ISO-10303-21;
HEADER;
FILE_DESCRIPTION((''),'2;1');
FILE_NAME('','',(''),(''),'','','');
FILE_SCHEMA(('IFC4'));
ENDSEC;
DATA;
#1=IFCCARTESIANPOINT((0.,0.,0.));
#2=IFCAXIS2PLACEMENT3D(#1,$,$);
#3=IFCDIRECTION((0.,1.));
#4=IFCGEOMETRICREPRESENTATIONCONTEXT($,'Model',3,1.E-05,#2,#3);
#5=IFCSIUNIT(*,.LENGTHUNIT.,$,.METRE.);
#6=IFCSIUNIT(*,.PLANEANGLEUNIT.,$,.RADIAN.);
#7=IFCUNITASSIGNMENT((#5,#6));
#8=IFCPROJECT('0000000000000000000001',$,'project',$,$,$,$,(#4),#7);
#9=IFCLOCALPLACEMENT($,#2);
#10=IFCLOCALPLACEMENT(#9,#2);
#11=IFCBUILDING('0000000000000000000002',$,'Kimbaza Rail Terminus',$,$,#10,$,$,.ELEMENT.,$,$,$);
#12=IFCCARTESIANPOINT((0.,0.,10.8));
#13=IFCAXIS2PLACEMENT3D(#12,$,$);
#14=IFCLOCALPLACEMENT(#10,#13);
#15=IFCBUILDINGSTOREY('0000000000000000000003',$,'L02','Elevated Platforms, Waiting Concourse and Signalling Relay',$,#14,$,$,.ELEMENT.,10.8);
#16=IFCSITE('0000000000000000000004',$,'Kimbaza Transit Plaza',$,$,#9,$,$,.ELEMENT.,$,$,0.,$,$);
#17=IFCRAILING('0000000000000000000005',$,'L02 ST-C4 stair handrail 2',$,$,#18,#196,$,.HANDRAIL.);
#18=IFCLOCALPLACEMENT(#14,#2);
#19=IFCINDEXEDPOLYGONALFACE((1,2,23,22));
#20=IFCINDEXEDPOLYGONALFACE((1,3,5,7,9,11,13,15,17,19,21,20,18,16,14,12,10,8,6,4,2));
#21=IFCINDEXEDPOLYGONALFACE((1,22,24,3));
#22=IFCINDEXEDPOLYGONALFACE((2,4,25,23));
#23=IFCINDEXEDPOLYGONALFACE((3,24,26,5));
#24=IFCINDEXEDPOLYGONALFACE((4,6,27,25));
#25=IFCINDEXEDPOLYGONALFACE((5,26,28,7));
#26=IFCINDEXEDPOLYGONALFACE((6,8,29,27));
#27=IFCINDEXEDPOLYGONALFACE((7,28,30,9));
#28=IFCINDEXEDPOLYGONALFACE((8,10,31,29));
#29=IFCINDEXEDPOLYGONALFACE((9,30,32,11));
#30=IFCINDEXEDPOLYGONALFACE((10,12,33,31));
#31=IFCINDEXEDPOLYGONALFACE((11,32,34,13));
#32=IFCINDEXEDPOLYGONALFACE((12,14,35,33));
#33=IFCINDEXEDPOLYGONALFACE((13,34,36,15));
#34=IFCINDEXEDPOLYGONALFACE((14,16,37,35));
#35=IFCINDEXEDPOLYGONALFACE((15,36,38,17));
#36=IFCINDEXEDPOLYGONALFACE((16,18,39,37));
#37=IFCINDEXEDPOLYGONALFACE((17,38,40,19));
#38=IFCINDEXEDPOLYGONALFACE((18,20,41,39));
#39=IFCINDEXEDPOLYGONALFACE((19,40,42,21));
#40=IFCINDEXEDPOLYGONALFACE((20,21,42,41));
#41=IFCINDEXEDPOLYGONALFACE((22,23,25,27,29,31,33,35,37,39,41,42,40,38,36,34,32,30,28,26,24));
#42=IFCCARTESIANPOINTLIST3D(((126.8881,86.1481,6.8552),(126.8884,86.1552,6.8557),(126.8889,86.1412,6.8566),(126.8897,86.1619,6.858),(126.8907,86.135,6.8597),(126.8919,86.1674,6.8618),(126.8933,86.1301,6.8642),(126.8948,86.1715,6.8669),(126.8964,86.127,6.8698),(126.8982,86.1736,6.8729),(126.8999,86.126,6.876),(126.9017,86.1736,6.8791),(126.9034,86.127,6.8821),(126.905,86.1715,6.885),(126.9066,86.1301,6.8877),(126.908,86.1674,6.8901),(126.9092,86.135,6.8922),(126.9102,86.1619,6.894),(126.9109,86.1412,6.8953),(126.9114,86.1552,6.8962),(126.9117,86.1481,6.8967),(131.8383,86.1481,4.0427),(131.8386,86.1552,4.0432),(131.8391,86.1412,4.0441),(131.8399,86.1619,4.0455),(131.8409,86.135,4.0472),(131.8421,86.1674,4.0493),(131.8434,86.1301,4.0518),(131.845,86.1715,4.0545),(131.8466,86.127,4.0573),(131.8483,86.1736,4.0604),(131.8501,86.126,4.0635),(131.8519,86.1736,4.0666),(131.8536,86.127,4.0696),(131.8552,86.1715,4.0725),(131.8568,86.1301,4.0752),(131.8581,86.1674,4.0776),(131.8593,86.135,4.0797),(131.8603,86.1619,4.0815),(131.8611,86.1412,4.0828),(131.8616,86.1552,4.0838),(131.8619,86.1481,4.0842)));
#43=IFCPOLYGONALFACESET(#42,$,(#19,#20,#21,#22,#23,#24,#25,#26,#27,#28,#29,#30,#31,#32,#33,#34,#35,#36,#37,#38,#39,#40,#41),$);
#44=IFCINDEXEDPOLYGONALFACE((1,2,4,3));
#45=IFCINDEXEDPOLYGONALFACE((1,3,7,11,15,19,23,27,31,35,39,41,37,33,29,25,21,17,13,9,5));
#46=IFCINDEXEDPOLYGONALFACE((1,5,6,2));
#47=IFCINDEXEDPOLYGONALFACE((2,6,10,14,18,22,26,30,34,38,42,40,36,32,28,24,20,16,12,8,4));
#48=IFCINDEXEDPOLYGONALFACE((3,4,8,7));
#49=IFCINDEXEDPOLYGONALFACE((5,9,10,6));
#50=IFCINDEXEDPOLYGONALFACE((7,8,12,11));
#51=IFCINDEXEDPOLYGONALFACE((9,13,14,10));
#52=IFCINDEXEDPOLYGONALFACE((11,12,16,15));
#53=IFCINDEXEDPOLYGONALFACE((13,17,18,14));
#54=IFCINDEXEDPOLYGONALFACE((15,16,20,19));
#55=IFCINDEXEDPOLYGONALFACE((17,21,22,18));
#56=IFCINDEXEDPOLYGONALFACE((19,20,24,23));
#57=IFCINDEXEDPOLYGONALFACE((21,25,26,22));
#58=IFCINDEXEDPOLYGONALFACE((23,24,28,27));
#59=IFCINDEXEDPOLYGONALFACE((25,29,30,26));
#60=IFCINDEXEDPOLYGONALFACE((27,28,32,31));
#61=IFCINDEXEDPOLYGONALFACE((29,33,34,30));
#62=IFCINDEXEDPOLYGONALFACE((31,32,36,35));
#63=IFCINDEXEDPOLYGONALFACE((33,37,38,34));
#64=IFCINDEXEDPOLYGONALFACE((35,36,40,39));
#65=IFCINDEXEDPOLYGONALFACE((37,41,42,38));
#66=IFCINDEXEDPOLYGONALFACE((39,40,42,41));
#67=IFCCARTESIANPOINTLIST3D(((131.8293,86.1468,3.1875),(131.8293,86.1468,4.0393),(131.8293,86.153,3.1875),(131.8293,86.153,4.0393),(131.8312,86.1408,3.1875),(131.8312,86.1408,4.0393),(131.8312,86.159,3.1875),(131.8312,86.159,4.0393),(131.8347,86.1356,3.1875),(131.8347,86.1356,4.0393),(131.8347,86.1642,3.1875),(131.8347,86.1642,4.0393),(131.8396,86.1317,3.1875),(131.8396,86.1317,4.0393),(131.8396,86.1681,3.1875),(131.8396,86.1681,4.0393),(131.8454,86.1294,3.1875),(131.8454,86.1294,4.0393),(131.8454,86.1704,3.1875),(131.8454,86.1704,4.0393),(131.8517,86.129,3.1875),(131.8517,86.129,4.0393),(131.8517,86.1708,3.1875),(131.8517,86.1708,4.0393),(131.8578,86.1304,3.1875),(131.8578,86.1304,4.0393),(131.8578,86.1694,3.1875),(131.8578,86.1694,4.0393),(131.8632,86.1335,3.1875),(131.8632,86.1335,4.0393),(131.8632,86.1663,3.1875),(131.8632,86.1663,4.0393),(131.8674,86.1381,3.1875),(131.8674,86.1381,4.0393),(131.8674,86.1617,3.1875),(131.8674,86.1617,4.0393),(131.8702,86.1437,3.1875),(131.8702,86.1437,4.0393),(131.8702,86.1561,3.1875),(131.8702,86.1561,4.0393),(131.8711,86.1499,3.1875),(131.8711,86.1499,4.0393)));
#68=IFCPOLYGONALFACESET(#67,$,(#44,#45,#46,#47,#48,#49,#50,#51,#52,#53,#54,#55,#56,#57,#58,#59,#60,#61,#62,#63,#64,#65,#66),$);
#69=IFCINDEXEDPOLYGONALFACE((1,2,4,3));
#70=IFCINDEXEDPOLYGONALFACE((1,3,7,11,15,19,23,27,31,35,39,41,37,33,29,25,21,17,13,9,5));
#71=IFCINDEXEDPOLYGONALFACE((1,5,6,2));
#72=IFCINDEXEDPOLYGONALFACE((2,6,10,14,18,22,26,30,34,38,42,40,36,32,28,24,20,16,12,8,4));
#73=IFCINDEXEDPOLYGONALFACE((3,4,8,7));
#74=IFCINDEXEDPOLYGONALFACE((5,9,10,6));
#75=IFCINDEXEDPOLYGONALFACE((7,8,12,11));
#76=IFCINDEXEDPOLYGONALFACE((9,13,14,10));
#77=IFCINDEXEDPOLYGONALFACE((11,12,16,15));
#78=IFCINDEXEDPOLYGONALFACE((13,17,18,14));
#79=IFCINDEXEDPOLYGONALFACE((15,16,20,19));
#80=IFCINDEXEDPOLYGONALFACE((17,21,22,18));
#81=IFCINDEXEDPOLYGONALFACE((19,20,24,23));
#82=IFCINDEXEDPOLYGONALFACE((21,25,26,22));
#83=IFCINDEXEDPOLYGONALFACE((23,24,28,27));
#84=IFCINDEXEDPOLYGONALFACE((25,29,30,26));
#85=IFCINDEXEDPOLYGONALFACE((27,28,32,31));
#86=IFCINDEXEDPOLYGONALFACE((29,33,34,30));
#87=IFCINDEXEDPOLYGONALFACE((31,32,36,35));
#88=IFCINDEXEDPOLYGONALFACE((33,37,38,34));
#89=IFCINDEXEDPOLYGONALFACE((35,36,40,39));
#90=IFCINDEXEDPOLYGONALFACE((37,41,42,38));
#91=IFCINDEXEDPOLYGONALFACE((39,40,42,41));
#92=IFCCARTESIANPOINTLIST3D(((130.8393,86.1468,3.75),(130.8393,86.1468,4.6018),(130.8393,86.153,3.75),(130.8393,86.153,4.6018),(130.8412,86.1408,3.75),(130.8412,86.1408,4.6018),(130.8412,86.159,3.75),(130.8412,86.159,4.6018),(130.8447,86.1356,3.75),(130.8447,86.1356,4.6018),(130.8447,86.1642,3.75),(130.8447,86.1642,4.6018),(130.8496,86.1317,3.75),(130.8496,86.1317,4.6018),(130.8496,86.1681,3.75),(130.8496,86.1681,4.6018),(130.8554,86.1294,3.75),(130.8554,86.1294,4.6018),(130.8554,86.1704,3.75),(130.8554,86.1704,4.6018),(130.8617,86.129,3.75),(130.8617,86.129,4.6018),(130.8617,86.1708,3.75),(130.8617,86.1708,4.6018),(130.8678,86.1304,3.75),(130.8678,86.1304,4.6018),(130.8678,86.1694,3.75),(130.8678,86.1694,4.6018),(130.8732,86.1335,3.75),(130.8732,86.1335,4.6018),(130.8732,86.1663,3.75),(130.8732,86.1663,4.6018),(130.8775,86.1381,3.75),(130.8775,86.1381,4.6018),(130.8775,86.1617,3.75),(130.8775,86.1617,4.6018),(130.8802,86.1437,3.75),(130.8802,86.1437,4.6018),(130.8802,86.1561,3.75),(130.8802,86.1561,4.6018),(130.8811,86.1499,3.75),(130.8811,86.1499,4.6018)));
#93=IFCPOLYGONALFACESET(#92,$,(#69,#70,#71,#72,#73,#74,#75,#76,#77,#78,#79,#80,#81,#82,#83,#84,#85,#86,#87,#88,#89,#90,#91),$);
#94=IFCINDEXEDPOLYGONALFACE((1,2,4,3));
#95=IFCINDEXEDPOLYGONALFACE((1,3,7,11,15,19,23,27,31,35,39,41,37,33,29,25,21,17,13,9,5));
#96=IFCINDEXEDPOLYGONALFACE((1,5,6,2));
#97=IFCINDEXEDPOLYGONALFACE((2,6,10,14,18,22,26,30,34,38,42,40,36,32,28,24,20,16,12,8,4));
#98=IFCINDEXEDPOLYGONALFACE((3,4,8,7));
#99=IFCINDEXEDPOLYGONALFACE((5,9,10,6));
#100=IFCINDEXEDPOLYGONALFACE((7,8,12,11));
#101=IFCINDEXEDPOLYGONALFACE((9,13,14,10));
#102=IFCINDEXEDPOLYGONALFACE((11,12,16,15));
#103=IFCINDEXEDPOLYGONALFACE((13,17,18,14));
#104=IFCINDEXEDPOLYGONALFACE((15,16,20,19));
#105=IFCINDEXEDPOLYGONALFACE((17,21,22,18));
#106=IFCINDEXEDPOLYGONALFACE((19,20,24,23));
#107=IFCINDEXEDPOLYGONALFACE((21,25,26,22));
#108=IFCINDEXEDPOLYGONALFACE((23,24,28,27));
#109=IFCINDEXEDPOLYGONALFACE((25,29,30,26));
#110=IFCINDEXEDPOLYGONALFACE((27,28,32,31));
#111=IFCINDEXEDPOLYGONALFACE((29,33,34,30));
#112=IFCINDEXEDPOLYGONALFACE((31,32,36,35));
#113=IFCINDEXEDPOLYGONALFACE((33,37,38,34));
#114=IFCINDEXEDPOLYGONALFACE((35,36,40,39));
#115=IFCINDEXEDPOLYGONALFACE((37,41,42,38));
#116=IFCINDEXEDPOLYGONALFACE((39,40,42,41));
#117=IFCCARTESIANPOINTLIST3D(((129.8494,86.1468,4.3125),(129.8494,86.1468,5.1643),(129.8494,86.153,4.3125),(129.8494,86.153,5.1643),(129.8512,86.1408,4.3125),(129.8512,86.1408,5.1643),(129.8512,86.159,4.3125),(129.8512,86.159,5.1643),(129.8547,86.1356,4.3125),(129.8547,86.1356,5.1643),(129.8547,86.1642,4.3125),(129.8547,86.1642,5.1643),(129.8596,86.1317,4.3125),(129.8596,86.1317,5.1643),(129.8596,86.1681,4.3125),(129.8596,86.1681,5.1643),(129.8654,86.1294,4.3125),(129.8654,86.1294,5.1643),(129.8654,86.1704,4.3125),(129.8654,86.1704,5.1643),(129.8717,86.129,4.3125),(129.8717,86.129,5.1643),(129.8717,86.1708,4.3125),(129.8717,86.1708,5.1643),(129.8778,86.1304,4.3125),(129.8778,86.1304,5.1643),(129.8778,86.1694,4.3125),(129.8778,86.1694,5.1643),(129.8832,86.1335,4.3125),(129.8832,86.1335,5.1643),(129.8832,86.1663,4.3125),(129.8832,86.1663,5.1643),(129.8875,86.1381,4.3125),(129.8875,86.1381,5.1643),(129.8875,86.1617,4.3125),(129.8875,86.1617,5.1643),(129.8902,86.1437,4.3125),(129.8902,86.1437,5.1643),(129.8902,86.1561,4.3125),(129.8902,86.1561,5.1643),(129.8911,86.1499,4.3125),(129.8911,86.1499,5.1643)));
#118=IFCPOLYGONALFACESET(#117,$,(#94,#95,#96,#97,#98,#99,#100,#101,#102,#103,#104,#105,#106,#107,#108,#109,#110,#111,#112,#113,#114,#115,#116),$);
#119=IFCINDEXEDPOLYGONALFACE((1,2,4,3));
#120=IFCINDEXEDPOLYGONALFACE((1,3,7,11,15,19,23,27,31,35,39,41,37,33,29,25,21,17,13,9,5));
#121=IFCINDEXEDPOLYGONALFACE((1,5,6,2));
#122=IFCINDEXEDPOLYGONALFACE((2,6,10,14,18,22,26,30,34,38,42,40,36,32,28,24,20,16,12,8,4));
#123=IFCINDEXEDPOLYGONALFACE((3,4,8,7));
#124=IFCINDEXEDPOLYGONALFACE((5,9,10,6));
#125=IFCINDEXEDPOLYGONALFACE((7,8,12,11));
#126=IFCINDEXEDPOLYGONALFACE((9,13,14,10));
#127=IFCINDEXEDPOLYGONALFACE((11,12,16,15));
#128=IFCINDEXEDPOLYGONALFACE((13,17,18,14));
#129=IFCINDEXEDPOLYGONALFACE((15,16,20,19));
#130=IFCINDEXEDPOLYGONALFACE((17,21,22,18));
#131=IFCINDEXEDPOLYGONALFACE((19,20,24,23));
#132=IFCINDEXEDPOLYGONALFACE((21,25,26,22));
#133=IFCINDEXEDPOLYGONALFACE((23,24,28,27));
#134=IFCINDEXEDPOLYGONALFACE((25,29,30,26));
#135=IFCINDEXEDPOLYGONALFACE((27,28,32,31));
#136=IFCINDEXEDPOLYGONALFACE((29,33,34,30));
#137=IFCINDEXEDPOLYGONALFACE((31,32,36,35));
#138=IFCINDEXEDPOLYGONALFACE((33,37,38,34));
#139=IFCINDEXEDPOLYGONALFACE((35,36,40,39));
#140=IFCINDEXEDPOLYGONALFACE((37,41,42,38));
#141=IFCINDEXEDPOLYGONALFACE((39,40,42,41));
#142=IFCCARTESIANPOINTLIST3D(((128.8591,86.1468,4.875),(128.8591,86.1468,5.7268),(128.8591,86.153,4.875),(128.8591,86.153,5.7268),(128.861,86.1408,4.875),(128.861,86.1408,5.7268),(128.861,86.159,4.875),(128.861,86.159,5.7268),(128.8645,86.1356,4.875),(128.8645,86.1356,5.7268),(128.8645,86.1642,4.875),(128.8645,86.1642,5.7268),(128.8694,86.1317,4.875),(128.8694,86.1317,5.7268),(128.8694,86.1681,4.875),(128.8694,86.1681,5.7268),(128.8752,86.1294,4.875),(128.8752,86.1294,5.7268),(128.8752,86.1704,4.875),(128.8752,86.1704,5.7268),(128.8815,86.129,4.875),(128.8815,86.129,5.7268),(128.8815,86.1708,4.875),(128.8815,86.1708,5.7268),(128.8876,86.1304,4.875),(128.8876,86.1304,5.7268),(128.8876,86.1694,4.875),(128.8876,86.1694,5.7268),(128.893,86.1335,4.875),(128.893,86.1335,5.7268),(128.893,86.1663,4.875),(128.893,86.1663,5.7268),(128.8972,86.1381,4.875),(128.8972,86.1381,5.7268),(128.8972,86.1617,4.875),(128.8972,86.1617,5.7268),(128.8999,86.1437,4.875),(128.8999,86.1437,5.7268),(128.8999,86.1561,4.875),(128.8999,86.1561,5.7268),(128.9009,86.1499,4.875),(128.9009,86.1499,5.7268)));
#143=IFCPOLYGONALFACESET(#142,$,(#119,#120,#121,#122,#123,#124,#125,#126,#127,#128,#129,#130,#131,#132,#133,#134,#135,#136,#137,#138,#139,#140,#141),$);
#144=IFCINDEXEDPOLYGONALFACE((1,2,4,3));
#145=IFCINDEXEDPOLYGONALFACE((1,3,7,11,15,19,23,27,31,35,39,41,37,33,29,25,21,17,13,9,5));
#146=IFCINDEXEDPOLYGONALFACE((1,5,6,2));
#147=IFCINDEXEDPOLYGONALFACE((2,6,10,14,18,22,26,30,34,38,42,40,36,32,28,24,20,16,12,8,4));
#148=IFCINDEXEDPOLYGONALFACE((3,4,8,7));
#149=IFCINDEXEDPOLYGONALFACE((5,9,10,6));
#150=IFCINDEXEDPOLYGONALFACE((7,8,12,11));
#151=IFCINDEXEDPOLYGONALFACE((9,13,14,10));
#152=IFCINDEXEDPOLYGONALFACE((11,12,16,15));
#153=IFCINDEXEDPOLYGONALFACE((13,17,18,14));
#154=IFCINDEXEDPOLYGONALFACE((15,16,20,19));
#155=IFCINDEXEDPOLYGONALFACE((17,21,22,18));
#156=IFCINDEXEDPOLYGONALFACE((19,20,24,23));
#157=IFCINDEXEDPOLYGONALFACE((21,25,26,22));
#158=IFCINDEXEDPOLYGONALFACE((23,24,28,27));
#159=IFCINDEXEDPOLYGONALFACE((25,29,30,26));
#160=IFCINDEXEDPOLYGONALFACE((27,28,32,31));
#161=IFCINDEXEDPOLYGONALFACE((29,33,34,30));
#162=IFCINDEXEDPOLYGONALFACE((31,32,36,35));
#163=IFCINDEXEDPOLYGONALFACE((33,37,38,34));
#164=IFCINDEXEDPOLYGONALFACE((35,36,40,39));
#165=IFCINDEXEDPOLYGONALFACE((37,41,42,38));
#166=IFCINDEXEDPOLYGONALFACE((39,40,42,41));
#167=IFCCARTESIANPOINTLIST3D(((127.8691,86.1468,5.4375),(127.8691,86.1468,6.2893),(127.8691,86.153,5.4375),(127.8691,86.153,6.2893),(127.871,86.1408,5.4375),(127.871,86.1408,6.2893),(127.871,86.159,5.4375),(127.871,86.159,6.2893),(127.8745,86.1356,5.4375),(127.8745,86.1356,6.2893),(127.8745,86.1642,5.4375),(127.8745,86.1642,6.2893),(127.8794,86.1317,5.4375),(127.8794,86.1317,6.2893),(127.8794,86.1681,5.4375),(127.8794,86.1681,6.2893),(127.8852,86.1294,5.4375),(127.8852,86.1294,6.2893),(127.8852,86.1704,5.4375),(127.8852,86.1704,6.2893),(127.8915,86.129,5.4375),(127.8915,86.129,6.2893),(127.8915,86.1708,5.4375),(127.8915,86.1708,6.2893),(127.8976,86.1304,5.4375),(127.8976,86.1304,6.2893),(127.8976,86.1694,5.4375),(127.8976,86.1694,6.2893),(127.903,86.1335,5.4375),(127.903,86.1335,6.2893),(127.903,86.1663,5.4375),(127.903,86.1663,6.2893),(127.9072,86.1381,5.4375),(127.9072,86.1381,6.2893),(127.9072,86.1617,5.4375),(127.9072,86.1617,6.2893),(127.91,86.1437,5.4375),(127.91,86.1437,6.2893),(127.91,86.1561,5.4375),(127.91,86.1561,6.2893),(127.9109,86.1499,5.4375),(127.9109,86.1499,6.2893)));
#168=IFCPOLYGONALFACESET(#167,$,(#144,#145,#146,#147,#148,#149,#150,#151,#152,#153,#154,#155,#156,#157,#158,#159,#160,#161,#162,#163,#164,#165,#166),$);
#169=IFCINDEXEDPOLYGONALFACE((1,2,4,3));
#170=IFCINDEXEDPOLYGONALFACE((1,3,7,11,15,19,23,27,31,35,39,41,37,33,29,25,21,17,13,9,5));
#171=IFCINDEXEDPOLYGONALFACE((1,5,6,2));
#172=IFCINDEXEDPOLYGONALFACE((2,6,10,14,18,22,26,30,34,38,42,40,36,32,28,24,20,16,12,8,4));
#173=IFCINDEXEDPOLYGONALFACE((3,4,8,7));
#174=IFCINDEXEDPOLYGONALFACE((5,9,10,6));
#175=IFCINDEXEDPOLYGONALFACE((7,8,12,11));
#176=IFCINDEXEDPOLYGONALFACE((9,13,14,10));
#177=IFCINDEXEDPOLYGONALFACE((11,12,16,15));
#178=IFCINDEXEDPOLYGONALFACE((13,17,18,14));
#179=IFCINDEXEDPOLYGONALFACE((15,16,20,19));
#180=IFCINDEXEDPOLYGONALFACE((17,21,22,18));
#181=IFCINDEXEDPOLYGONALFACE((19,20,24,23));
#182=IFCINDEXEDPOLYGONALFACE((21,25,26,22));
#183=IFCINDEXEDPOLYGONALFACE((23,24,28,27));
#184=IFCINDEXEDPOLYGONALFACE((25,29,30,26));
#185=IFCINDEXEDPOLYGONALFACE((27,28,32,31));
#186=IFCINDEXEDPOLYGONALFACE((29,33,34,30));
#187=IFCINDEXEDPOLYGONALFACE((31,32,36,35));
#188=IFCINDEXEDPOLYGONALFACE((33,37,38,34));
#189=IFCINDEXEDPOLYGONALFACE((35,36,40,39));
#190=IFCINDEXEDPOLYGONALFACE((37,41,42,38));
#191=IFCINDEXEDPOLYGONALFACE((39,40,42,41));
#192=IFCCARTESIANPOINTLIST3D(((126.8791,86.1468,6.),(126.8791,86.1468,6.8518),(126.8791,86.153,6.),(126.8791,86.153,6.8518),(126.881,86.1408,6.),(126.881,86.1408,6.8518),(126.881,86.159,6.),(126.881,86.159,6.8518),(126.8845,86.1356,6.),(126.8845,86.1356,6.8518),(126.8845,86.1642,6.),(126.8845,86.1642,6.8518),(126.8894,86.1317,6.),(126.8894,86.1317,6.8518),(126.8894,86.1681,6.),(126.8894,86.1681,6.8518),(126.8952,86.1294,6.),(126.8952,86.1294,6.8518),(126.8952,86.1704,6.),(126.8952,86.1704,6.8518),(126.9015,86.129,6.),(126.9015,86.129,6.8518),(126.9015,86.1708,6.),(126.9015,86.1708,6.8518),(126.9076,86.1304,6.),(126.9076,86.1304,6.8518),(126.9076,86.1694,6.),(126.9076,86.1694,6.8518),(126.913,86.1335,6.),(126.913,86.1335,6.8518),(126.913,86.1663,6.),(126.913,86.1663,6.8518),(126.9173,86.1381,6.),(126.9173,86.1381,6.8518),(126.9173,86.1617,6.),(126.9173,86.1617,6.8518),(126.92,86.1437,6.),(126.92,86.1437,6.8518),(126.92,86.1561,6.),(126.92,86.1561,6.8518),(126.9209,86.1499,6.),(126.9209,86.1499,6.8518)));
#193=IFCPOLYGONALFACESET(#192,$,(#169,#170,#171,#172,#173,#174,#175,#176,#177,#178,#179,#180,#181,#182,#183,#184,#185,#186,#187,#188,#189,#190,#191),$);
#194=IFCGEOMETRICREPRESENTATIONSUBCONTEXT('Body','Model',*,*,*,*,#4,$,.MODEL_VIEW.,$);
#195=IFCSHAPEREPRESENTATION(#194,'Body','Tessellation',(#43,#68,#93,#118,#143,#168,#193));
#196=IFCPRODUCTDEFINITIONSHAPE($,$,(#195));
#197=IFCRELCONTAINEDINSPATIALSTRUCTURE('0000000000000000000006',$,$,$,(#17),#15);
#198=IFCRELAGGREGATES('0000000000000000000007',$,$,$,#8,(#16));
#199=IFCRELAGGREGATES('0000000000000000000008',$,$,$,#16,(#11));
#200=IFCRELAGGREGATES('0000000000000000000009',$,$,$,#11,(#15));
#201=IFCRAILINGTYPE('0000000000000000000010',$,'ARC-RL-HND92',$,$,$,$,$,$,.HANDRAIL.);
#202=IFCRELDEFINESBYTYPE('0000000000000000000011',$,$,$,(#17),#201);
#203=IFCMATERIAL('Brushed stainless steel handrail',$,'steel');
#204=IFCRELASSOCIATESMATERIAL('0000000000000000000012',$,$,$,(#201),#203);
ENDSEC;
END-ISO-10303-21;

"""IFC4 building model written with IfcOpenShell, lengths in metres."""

from ifc_helpers import new_model, si_unit, direction, frame, origin, origin_2d, place, context, subcontext, project, spatial, circle, extrude, material, type_object, element, save


model = new_model("IFC4")

# Units and contexts
model_context = context("Model", 3, precision=1e-05, world=origin(), true_north=direction((0.0, 1.0)))
body_context = subcontext(model_context, "Body", "Model", "MODEL_VIEW")
ifc_project = project(units=[si_unit("LENGTHUNIT", "METRE"), si_unit("PLANEANGLEUNIT", "RADIAN")], contexts=[model_context])

# Site, building, storey
site_placement = place(None, origin())
site = spatial("IfcSite", under=ifc_project, at=site_placement, Name="Kimbaza Transit Plaza", CompositionType="ELEMENT", RefElevation=0.0)
building_placement = place(site_placement, origin())
building = spatial("IfcBuilding", under=site, at=building_placement, Name="Kimbaza Rail Terminus", CompositionType="ELEMENT")
storey_placement = place(building_placement, frame((0.0, 0.0, 10.8)))
storey = spatial("IfcBuildingStorey", under=building, at=storey_placement, Name="L02", Description="Elevated Platforms, Waiting Concourse and Signalling Relay", CompositionType="ELEMENT", Elevation=10.8)

# Railing
ifc_material_1 = material(Name="Brushed stainless steel handrail", Category="steel")
railing_type = type_object("IfcRailingType", Name="ARC-RL-HND92", PredefinedType="HANDRAIL", material=ifc_material_1)
railing_placement = place(storey_placement, frame((131.8501, 86.1499, 3.1875)))
element("IfcRailing", 1, at=railing_placement, inside=storey, type_object=railing_type, Name="L02 ST-C4 stair handrail 2", PredefinedType="HANDRAIL", context=body_context, shape_type="SweptSolid", body=[
    extrude(circle(Radius=0.0239, at=origin_2d()), frame((0.0, 0.0, 0.876), z_axis=(-0.869465, 0.0, 0.493995), x_axis=(0.0, -1.0, 0.0)), (0.0, 0.0, 1.0), 5.6934),
    extrude(circle(Radius=0.021, at=origin_2d()), origin(), (0.0, 0.0, 1.0), 0.8518),
    extrude(circle(Radius=0.021, at=origin_2d()), frame((-0.99, 0.0, 0.5625)), (0.0, 0.0, 1.0), 0.8518),
    extrude(circle(Radius=0.021, at=origin_2d()), frame((-1.98, 0.0, 1.125)), (0.0, 0.0, 1.0), 0.8518),
    extrude(circle(Radius=0.021, at=origin_2d()), frame((-2.9702, 0.0, 1.6875)), (0.0, 0.0, 1.0), 0.8518),
    extrude(circle(Radius=0.021, at=origin_2d()), frame((-3.9602, 0.0, 2.25)), (0.0, 0.0, 1.0), 0.8518),
    extrude(circle(Radius=0.021, at=origin_2d()), frame((-4.9502, 0.0, 2.8125)), (0.0, 0.0, 1.0), 0.8518),
])

save(model, "model.ifc")
